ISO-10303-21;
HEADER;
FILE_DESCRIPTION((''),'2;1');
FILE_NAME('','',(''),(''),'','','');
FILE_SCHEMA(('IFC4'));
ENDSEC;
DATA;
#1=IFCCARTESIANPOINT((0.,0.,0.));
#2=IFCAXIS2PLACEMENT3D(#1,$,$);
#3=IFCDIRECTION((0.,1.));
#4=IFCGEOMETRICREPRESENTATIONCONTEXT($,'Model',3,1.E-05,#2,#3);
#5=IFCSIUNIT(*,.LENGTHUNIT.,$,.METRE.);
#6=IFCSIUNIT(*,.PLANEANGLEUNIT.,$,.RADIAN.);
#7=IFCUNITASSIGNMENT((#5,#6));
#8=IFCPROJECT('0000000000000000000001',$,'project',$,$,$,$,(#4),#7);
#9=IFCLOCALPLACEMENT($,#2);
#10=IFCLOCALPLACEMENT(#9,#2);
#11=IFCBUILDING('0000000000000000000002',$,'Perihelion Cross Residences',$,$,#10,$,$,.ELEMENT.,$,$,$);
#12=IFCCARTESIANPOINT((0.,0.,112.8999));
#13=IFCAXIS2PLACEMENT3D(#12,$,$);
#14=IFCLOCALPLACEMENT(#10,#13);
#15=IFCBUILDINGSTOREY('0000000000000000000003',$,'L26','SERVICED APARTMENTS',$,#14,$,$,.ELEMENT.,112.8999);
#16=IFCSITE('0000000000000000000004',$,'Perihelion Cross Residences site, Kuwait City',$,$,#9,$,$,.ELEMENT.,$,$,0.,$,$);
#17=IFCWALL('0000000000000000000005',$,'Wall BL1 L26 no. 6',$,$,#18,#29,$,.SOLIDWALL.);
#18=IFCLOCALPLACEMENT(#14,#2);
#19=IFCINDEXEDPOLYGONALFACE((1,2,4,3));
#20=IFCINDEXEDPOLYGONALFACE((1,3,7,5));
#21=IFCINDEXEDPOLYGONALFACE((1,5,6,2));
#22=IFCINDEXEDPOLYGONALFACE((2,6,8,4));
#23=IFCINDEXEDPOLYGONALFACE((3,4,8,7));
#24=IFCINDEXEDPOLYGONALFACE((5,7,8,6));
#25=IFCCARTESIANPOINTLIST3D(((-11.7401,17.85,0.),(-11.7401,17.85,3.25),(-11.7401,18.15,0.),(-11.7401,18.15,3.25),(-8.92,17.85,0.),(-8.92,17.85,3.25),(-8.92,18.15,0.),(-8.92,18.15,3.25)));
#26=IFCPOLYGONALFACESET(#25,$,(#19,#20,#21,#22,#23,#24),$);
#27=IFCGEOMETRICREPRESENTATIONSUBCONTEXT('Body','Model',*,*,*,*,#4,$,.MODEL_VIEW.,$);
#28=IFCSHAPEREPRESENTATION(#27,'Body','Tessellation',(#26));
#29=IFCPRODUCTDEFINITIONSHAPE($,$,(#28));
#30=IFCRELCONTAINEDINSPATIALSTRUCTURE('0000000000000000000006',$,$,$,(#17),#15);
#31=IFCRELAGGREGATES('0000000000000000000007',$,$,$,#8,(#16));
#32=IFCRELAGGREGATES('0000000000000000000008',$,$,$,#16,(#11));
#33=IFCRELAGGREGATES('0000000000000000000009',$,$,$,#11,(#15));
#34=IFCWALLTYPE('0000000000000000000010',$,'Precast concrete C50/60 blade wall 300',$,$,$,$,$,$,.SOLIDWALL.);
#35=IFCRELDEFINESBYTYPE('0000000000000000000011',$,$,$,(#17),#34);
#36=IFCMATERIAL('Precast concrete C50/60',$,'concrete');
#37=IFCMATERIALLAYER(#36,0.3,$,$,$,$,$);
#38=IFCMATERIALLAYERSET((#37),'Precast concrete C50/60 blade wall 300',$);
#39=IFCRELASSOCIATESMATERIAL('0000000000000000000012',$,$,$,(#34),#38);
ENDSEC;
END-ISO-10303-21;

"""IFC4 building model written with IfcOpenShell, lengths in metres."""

from ifc_helpers import new_model, si_unit, direction, frame, frame_2d, origin, place, context, subcontext, project, spatial, rectangle, extrude, material, layer, layer_set, type_object, element, save


model = new_model("IFC4")

# Units and contexts
model_context = context("Model", 3, precision=1e-05, world=origin(), true_north=direction((0.0, 1.0)))
body_context = subcontext(model_context, "Body", "Model", "MODEL_VIEW")
ifc_project = project(units=[si_unit("LENGTHUNIT", "METRE"), si_unit("PLANEANGLEUNIT", "RADIAN")], contexts=[model_context])

# Site, building, storey
site_placement = place(None, origin())
site = spatial("IfcSite", under=ifc_project, at=site_placement, Name="Perihelion Cross Residences site, Kuwait City", CompositionType="ELEMENT", RefElevation=0.0)
building_placement = place(site_placement, origin())
building = spatial("IfcBuilding", under=site, at=building_placement, Name="Perihelion Cross Residences", CompositionType="ELEMENT")
storey_placement = place(building_placement, frame((0.0, 0.0, 112.8999)))
storey = spatial("IfcBuildingStorey", under=building, at=storey_placement, Name="L26", Description="SERVICED APARTMENTS", CompositionType="ELEMENT", Elevation=112.8999)

# Wall
ifc_material_1 = material(Name="Precast concrete C50/60", Category="concrete")
ifc_layer_1 = layer(ifc_material_1, 0.3)
ifc_layer_set_1 = layer_set([ifc_layer_1], Name="Precast concrete C50/60 blade wall 300")
wall_type_1 = type_object("IfcWallType", Name="Precast concrete C50/60 blade wall 300", PredefinedType="SOLIDWALL", material=ifc_layer_set_1)
for number, where, z_axis, x_axis, name in (
    (1, (-8.9199, 18.0, 0.0), (0.0, 0.0, 1.0), (-1.0, 0.0, 0.0), "Wall BL1 L26 no. 6"),
):
    element("IfcWall", number, at=place(storey_placement, frame(where, z_axis=z_axis, x_axis=x_axis)), inside=storey, type_object=wall_type_1, Name=name, PredefinedType="SOLIDWALL", context=body_context, shape_type="SweptSolid", body=[
        extrude(rectangle(XDim=2.8201, YDim=0.3, at=frame_2d((1.4102, 0.0))), origin(), (0.0, 0.0, 1.0), 3.25),
    ])

save(model, "model.ifc")
